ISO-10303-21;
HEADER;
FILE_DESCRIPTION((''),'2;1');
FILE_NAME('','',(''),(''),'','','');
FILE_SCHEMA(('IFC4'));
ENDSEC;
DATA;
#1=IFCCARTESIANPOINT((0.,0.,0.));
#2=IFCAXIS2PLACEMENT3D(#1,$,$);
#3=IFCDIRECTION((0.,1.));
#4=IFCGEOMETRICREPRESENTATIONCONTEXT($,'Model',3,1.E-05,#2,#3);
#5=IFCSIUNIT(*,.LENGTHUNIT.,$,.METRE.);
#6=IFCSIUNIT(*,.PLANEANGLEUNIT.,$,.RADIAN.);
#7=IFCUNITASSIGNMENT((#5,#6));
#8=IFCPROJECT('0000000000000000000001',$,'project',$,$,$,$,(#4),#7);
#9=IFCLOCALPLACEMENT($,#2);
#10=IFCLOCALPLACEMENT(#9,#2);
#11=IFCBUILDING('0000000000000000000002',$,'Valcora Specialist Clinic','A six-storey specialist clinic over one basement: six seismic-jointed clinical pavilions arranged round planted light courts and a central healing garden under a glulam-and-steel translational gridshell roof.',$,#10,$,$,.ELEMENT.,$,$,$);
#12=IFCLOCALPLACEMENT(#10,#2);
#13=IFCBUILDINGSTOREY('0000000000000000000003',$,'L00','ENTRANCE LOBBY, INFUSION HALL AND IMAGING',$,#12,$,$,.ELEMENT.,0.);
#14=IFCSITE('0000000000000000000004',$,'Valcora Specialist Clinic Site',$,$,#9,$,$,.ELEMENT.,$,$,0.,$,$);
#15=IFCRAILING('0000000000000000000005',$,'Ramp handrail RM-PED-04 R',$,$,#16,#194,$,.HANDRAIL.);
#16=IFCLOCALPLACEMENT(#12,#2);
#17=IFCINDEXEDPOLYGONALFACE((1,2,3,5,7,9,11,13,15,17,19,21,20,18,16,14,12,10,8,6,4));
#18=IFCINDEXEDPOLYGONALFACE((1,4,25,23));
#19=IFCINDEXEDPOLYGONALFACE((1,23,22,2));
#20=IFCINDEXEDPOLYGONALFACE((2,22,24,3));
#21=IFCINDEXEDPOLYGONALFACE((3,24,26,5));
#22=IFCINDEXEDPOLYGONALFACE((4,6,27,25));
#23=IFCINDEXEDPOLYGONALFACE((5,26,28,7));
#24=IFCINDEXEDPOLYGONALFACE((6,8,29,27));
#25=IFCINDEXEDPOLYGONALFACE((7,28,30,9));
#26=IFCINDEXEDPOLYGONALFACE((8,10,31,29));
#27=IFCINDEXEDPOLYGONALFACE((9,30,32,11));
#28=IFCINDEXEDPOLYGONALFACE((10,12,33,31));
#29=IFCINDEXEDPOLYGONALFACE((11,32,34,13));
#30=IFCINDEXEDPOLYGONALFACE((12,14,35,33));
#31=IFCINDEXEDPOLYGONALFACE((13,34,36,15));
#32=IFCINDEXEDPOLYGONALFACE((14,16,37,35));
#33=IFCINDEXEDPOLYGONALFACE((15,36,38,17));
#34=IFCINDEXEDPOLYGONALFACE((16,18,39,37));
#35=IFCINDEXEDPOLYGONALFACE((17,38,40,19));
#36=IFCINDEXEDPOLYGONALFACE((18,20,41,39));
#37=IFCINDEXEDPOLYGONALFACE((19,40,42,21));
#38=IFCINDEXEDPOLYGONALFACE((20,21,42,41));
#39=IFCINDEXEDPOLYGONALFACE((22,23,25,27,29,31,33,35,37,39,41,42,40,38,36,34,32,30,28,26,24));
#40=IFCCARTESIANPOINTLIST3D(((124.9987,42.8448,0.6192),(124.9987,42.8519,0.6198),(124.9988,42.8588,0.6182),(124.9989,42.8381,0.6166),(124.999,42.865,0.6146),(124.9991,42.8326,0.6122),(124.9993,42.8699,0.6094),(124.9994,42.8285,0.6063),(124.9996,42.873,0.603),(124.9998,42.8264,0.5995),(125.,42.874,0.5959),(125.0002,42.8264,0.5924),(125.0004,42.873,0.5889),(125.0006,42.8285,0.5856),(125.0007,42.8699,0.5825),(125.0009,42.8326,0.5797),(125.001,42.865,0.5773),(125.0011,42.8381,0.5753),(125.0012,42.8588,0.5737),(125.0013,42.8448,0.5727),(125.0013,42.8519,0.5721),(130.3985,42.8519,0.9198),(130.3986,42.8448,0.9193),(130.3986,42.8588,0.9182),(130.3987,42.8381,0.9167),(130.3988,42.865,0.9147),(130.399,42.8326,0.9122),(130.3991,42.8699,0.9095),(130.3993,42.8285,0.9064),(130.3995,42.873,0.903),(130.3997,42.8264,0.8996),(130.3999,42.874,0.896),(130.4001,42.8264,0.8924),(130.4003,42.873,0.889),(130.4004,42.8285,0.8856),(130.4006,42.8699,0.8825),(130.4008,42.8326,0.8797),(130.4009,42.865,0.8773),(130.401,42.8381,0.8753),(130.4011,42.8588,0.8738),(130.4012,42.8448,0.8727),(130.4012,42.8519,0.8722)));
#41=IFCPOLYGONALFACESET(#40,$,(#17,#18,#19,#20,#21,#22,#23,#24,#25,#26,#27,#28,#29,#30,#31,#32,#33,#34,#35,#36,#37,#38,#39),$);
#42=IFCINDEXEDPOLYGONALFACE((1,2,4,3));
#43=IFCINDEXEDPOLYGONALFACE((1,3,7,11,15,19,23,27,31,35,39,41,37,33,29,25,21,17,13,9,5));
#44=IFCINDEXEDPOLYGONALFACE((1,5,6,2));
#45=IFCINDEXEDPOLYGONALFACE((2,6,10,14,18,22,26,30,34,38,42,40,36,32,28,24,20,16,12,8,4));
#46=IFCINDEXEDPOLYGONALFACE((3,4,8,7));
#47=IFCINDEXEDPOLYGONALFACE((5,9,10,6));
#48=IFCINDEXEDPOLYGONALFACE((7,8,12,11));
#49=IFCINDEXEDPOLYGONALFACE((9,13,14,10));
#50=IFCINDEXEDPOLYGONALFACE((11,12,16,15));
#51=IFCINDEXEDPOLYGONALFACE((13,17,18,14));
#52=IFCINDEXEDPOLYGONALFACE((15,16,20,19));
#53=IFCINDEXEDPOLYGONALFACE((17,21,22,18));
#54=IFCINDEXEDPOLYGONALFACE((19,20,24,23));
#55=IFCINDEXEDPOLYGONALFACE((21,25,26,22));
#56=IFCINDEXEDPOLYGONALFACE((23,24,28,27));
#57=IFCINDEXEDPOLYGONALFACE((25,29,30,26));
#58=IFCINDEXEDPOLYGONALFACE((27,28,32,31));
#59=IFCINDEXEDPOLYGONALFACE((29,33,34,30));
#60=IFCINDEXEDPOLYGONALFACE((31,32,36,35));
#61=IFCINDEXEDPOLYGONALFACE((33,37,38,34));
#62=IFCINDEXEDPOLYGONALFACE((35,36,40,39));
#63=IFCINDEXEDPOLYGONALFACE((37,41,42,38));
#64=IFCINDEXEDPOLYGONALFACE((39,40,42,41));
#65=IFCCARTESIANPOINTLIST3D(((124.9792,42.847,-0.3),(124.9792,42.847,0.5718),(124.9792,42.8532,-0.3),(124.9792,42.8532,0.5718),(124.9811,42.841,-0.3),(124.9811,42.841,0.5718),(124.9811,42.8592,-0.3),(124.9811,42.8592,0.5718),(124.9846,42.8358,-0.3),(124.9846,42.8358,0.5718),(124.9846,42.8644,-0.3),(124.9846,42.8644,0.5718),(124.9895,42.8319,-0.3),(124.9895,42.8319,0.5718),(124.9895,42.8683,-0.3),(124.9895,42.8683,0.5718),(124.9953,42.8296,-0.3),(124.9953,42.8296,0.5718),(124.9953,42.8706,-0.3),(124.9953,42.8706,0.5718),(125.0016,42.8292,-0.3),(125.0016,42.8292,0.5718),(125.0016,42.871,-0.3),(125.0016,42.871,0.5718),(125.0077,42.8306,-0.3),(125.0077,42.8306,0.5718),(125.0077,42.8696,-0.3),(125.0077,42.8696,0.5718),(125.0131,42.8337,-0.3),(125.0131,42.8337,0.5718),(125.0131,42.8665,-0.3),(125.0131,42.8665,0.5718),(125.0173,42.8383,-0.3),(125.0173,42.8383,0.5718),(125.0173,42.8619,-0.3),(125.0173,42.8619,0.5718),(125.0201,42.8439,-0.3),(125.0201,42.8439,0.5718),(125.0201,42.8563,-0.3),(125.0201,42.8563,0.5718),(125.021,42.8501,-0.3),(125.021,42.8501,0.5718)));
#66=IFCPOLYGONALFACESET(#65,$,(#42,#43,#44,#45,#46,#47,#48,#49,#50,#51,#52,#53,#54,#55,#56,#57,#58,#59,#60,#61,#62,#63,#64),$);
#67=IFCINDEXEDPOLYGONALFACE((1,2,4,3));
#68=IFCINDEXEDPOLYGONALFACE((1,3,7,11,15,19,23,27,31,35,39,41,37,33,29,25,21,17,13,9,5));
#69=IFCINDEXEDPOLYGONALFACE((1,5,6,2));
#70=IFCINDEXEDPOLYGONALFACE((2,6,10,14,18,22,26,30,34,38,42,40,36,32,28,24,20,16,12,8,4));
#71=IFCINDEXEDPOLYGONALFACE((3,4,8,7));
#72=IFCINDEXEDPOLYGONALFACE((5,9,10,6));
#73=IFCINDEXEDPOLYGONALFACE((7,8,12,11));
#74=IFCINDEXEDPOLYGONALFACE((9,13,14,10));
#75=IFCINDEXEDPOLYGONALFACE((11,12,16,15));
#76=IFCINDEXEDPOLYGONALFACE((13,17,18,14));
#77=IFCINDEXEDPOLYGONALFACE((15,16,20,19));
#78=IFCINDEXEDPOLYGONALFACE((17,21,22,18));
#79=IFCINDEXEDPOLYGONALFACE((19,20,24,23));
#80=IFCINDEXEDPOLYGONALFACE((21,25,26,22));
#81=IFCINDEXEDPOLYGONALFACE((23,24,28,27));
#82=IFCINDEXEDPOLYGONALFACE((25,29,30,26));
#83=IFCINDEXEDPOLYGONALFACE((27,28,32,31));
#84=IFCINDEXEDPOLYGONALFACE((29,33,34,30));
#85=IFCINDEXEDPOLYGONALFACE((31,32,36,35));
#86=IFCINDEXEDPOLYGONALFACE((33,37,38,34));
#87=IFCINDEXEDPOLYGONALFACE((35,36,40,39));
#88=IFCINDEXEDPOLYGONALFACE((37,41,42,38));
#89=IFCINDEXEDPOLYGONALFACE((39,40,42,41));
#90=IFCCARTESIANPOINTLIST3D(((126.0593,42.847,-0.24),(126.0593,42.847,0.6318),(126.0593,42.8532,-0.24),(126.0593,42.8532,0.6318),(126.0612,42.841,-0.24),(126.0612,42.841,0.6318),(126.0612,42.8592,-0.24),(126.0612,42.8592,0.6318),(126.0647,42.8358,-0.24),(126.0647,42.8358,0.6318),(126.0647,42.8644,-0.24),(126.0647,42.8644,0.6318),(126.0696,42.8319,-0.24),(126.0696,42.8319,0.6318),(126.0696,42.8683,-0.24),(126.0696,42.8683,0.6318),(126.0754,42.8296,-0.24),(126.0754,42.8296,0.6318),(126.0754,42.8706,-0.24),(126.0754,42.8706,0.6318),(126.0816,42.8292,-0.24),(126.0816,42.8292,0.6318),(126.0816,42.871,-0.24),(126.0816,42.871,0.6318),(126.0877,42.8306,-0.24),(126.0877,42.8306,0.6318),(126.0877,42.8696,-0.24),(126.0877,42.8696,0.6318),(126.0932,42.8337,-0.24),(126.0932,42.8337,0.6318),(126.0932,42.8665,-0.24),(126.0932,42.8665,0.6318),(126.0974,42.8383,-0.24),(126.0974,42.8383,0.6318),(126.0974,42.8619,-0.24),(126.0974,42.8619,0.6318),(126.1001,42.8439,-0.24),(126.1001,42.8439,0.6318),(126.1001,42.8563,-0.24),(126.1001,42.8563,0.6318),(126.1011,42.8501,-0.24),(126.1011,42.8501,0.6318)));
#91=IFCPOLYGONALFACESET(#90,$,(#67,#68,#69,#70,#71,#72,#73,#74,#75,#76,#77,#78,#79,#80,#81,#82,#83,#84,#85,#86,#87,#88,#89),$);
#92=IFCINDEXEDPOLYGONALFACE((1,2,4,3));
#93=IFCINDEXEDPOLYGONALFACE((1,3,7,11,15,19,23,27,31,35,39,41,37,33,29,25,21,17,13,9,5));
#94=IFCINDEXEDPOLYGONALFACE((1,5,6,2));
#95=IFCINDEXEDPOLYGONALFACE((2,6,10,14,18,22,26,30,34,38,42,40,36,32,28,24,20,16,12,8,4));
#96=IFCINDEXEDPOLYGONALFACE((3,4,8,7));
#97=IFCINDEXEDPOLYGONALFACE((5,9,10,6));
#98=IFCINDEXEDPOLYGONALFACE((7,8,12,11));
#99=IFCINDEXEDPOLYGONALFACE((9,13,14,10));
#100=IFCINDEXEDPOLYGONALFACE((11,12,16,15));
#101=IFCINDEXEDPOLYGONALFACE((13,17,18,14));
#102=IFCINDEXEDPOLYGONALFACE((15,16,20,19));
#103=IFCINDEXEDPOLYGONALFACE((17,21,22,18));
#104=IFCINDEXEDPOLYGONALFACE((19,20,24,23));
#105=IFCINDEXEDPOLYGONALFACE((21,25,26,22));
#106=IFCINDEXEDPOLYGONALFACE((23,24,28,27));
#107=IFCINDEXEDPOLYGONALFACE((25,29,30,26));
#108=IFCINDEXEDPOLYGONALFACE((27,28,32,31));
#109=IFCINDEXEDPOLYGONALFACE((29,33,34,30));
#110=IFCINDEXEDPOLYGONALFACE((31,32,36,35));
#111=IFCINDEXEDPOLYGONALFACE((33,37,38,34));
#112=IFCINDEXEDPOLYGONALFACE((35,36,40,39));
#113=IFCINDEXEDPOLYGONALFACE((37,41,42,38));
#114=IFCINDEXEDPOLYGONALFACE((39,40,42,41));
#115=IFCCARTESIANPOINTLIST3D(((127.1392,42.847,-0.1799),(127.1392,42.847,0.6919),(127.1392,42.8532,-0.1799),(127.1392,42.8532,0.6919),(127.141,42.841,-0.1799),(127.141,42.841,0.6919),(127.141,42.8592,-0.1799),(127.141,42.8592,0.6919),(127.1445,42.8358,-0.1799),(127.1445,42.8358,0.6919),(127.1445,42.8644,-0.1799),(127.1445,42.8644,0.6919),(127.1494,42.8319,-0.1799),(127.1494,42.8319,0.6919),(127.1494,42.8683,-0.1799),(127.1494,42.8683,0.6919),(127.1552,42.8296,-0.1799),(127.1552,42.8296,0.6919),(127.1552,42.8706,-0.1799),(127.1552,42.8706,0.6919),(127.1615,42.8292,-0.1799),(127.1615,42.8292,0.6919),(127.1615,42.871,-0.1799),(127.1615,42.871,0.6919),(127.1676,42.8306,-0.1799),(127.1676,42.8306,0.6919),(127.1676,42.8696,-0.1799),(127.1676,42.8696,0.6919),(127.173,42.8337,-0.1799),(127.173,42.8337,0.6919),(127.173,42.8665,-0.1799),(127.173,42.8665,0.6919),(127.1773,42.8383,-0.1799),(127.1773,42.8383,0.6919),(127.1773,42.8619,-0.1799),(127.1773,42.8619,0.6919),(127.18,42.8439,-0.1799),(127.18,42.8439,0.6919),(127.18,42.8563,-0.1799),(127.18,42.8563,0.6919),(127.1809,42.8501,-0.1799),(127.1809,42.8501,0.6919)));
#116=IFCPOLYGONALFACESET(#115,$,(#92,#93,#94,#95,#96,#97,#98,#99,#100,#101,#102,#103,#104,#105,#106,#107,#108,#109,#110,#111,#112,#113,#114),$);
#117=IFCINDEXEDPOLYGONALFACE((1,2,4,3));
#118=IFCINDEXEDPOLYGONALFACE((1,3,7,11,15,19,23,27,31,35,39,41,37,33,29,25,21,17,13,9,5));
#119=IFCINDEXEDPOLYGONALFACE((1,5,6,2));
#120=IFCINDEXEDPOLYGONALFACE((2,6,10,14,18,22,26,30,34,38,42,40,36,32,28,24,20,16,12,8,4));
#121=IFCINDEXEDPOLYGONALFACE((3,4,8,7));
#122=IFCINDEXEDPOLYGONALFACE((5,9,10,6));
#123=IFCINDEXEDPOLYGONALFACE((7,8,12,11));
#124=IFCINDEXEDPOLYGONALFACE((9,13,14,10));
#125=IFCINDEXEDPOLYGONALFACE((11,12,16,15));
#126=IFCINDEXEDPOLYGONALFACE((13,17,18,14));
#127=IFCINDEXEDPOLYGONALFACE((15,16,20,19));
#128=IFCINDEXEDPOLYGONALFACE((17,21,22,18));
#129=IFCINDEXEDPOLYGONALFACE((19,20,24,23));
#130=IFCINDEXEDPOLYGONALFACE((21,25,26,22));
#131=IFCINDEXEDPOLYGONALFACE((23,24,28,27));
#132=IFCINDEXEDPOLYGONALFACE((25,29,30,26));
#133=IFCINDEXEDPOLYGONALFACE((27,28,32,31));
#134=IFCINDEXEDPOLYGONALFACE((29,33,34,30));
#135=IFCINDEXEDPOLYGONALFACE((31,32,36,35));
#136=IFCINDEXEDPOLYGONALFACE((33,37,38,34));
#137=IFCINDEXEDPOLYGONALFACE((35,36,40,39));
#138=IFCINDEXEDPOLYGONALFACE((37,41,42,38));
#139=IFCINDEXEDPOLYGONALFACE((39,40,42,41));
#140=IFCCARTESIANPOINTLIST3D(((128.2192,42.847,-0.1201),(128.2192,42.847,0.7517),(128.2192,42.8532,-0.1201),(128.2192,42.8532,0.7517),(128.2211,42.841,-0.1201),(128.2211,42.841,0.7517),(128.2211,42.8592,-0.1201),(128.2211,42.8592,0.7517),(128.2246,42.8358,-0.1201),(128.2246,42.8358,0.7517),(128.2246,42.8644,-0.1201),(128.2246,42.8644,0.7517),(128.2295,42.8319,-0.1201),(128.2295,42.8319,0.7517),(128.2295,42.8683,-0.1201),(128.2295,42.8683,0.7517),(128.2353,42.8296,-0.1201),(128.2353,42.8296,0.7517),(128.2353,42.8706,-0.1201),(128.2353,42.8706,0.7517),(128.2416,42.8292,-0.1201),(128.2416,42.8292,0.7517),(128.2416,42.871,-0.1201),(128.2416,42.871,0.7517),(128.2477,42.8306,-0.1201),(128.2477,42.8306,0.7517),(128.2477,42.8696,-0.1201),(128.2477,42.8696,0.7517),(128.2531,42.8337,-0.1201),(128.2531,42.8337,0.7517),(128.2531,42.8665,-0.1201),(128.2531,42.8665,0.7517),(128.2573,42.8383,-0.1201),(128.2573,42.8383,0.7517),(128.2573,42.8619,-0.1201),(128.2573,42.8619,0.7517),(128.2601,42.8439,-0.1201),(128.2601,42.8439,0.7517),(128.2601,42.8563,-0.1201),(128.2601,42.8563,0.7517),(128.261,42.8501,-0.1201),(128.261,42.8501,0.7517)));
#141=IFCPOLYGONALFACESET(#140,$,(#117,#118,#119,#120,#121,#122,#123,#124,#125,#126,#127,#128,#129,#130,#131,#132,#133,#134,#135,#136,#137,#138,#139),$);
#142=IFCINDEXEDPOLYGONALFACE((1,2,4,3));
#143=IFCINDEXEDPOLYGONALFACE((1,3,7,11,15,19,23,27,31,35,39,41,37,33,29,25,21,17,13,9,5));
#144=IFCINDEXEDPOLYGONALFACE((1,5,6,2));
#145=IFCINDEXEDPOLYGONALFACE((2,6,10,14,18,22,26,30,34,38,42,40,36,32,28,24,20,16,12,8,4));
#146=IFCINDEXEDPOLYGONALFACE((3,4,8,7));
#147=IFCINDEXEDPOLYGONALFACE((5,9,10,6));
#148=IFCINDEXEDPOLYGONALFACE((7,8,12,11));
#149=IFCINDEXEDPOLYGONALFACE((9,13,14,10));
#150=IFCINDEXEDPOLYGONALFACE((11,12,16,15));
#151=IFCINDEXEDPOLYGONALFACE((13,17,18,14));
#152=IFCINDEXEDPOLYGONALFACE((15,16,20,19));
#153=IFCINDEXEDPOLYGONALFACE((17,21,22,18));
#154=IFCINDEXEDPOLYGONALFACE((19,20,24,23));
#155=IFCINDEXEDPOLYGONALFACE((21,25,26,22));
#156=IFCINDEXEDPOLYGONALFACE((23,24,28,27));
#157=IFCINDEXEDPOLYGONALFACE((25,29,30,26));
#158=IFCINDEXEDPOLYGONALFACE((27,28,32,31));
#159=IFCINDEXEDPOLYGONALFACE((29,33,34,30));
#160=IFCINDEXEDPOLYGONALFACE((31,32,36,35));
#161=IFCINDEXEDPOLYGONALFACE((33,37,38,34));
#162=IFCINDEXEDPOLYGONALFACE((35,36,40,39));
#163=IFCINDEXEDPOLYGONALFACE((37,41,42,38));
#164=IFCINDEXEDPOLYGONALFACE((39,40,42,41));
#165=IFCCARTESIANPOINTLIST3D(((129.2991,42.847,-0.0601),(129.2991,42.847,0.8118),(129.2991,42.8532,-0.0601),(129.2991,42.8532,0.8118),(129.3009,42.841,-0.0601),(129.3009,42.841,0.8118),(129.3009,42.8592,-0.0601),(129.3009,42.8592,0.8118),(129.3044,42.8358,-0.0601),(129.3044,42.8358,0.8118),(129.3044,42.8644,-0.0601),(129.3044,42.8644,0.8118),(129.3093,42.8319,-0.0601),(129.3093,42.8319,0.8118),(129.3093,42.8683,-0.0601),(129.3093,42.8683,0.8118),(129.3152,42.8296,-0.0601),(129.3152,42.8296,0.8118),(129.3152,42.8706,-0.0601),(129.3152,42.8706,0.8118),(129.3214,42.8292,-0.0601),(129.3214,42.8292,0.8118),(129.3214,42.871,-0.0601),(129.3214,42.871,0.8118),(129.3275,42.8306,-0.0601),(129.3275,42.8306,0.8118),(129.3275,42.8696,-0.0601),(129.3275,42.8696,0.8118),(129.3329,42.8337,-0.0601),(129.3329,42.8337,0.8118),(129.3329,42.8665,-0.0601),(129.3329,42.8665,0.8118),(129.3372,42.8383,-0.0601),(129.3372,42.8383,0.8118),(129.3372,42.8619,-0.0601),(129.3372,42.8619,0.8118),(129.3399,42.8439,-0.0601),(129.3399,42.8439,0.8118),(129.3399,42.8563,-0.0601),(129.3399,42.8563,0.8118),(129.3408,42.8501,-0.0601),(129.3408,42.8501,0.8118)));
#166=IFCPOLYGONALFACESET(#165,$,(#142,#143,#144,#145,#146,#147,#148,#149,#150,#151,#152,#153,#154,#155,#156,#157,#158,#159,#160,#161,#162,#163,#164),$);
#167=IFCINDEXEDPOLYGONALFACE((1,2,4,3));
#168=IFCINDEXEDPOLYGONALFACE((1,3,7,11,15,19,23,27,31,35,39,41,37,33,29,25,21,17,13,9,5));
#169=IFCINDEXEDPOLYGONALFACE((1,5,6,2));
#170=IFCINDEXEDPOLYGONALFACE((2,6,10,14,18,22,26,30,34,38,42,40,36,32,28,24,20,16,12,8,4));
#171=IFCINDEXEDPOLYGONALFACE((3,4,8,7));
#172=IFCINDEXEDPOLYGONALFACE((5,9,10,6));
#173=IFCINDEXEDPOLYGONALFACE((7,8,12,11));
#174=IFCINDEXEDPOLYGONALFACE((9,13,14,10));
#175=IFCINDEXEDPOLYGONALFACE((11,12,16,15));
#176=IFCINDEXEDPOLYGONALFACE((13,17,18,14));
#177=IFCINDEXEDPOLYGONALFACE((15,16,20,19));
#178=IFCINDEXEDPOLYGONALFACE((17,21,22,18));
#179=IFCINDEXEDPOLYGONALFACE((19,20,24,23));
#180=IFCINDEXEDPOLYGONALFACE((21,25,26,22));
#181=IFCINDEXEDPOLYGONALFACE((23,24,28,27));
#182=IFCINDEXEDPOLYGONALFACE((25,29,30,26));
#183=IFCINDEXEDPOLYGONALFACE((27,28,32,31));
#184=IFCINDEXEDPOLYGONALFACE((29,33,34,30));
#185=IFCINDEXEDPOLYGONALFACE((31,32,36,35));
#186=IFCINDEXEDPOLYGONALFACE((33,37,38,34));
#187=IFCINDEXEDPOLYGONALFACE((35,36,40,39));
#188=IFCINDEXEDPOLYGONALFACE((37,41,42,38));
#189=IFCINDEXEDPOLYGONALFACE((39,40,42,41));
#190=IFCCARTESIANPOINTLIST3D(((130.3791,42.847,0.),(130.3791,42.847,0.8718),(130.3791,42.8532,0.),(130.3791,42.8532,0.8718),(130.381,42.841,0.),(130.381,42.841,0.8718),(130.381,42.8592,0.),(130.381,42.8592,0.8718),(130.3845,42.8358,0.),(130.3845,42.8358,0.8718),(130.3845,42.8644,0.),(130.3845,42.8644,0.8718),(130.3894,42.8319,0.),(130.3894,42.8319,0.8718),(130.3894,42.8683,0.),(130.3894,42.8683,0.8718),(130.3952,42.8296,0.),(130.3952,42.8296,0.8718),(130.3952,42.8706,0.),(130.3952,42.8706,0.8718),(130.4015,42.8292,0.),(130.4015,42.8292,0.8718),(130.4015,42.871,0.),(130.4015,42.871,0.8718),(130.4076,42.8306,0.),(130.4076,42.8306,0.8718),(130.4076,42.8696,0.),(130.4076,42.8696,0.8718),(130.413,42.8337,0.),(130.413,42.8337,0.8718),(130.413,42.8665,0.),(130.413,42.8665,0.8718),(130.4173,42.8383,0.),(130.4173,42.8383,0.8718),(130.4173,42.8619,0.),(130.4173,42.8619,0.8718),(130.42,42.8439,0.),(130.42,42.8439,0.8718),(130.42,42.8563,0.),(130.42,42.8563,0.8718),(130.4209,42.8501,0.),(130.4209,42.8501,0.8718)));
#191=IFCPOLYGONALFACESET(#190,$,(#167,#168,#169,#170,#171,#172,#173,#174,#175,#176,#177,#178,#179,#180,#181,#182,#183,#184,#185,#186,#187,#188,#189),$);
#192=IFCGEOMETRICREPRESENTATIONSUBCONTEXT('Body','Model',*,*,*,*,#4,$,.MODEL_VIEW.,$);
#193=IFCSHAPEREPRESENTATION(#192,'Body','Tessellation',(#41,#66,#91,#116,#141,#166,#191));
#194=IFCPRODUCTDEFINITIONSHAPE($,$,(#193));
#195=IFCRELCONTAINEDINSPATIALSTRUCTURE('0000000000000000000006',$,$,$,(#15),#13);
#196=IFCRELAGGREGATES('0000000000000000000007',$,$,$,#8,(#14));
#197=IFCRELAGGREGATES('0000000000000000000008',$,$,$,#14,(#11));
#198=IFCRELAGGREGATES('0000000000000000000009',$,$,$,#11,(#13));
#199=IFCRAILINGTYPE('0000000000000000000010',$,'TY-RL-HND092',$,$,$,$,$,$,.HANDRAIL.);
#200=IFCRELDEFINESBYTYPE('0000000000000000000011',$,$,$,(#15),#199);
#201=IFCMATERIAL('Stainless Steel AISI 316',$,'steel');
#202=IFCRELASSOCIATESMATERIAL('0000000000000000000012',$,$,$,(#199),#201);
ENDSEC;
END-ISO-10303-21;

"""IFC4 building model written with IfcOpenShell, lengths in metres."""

from ifc_helpers import new_model, si_unit, direction, frame, origin, origin_2d, place, context, subcontext, project, spatial, circle, extrude, material, type_object, element, save


model = new_model("IFC4")

# Units and contexts
model_context = context("Model", 3, precision=1e-05, world=origin(), true_north=direction((0.0, 1.0)))
body_context = subcontext(model_context, "Body", "Model", "MODEL_VIEW")
ifc_project = project(units=[si_unit("LENGTHUNIT", "METRE"), si_unit("PLANEANGLEUNIT", "RADIAN")], contexts=[model_context])

# Site, building, storey
site_placement = place(None, origin())
site = spatial("IfcSite", under=ifc_project, at=site_placement, Name="Valcora Specialist Clinic Site", CompositionType="ELEMENT", RefElevation=0.0)
building_placement = place(site_placement, origin())
building = spatial("IfcBuilding", under=site, at=building_placement, Name="Valcora Specialist Clinic", Description="A six-storey specialist clinic over one basement: six seismic-jointed clinical pavilions arranged round planted light courts and a central healing garden under a glulam-and-steel translational gridshell roof.", CompositionType="ELEMENT")
storey_placement = place(building_placement, origin())
storey = spatial("IfcBuildingStorey", under=building, at=storey_placement, Name="L00", Description="ENTRANCE LOBBY, INFUSION HALL AND IMAGING", CompositionType="ELEMENT", Elevation=0.0)

# Railing
ifc_material_1 = material(Name="Stainless Steel AISI 316", Category="steel")
railing_type = type_object("IfcRailingType", Name="TY-RL-HND092", PredefinedType="HANDRAIL", material=ifc_material_1)
for number, where, name in (
    (1, (125.0, 42.8501, -0.3), "Ramp handrail RM-PED-04 R"),
):
    element("IfcRailing", number, at=place(storey_placement, frame(where)), inside=storey, type_object=railing_type, Name=name, PredefinedType="HANDRAIL", context=body_context, shape_type="SweptSolid", body=[
        extrude(circle(Radius=0.0239, at=origin_2d()), frame((0.0, 0.0, 0.896), z_axis=(0.99846, 0.0, 0.05548), x_axis=(0.0, 1.0, 0.0)), (0.0, 0.0, 1.0), 5.4082),
        extrude(circle(Radius=0.021, at=origin_2d()), origin(), (0.0, 0.0, 1.0), 0.8718),
        extrude(circle(Radius=0.021, at=origin_2d()), frame((1.0801, 0.0, 0.0601)), (0.0, 0.0, 1.0), 0.8718),
        extrude(circle(Radius=0.021, at=origin_2d()), frame((2.1599, 0.0, 0.1201)), (0.0, 0.0, 1.0), 0.8718),
        extrude(circle(Radius=0.021, at=origin_2d()), frame((3.24, 0.0, 0.1799)), (0.0, 0.0, 1.0), 0.8718),
        extrude(circle(Radius=0.021, at=origin_2d()), frame((4.3198, 0.0, 0.24)), (0.0, 0.0, 1.0), 0.8718),
        extrude(circle(Radius=0.021, at=origin_2d()), frame((5.3999, 0.0, 0.3)), (0.0, 0.0, 1.0), 0.8718),
    ])

save(model, "model.ifc")
